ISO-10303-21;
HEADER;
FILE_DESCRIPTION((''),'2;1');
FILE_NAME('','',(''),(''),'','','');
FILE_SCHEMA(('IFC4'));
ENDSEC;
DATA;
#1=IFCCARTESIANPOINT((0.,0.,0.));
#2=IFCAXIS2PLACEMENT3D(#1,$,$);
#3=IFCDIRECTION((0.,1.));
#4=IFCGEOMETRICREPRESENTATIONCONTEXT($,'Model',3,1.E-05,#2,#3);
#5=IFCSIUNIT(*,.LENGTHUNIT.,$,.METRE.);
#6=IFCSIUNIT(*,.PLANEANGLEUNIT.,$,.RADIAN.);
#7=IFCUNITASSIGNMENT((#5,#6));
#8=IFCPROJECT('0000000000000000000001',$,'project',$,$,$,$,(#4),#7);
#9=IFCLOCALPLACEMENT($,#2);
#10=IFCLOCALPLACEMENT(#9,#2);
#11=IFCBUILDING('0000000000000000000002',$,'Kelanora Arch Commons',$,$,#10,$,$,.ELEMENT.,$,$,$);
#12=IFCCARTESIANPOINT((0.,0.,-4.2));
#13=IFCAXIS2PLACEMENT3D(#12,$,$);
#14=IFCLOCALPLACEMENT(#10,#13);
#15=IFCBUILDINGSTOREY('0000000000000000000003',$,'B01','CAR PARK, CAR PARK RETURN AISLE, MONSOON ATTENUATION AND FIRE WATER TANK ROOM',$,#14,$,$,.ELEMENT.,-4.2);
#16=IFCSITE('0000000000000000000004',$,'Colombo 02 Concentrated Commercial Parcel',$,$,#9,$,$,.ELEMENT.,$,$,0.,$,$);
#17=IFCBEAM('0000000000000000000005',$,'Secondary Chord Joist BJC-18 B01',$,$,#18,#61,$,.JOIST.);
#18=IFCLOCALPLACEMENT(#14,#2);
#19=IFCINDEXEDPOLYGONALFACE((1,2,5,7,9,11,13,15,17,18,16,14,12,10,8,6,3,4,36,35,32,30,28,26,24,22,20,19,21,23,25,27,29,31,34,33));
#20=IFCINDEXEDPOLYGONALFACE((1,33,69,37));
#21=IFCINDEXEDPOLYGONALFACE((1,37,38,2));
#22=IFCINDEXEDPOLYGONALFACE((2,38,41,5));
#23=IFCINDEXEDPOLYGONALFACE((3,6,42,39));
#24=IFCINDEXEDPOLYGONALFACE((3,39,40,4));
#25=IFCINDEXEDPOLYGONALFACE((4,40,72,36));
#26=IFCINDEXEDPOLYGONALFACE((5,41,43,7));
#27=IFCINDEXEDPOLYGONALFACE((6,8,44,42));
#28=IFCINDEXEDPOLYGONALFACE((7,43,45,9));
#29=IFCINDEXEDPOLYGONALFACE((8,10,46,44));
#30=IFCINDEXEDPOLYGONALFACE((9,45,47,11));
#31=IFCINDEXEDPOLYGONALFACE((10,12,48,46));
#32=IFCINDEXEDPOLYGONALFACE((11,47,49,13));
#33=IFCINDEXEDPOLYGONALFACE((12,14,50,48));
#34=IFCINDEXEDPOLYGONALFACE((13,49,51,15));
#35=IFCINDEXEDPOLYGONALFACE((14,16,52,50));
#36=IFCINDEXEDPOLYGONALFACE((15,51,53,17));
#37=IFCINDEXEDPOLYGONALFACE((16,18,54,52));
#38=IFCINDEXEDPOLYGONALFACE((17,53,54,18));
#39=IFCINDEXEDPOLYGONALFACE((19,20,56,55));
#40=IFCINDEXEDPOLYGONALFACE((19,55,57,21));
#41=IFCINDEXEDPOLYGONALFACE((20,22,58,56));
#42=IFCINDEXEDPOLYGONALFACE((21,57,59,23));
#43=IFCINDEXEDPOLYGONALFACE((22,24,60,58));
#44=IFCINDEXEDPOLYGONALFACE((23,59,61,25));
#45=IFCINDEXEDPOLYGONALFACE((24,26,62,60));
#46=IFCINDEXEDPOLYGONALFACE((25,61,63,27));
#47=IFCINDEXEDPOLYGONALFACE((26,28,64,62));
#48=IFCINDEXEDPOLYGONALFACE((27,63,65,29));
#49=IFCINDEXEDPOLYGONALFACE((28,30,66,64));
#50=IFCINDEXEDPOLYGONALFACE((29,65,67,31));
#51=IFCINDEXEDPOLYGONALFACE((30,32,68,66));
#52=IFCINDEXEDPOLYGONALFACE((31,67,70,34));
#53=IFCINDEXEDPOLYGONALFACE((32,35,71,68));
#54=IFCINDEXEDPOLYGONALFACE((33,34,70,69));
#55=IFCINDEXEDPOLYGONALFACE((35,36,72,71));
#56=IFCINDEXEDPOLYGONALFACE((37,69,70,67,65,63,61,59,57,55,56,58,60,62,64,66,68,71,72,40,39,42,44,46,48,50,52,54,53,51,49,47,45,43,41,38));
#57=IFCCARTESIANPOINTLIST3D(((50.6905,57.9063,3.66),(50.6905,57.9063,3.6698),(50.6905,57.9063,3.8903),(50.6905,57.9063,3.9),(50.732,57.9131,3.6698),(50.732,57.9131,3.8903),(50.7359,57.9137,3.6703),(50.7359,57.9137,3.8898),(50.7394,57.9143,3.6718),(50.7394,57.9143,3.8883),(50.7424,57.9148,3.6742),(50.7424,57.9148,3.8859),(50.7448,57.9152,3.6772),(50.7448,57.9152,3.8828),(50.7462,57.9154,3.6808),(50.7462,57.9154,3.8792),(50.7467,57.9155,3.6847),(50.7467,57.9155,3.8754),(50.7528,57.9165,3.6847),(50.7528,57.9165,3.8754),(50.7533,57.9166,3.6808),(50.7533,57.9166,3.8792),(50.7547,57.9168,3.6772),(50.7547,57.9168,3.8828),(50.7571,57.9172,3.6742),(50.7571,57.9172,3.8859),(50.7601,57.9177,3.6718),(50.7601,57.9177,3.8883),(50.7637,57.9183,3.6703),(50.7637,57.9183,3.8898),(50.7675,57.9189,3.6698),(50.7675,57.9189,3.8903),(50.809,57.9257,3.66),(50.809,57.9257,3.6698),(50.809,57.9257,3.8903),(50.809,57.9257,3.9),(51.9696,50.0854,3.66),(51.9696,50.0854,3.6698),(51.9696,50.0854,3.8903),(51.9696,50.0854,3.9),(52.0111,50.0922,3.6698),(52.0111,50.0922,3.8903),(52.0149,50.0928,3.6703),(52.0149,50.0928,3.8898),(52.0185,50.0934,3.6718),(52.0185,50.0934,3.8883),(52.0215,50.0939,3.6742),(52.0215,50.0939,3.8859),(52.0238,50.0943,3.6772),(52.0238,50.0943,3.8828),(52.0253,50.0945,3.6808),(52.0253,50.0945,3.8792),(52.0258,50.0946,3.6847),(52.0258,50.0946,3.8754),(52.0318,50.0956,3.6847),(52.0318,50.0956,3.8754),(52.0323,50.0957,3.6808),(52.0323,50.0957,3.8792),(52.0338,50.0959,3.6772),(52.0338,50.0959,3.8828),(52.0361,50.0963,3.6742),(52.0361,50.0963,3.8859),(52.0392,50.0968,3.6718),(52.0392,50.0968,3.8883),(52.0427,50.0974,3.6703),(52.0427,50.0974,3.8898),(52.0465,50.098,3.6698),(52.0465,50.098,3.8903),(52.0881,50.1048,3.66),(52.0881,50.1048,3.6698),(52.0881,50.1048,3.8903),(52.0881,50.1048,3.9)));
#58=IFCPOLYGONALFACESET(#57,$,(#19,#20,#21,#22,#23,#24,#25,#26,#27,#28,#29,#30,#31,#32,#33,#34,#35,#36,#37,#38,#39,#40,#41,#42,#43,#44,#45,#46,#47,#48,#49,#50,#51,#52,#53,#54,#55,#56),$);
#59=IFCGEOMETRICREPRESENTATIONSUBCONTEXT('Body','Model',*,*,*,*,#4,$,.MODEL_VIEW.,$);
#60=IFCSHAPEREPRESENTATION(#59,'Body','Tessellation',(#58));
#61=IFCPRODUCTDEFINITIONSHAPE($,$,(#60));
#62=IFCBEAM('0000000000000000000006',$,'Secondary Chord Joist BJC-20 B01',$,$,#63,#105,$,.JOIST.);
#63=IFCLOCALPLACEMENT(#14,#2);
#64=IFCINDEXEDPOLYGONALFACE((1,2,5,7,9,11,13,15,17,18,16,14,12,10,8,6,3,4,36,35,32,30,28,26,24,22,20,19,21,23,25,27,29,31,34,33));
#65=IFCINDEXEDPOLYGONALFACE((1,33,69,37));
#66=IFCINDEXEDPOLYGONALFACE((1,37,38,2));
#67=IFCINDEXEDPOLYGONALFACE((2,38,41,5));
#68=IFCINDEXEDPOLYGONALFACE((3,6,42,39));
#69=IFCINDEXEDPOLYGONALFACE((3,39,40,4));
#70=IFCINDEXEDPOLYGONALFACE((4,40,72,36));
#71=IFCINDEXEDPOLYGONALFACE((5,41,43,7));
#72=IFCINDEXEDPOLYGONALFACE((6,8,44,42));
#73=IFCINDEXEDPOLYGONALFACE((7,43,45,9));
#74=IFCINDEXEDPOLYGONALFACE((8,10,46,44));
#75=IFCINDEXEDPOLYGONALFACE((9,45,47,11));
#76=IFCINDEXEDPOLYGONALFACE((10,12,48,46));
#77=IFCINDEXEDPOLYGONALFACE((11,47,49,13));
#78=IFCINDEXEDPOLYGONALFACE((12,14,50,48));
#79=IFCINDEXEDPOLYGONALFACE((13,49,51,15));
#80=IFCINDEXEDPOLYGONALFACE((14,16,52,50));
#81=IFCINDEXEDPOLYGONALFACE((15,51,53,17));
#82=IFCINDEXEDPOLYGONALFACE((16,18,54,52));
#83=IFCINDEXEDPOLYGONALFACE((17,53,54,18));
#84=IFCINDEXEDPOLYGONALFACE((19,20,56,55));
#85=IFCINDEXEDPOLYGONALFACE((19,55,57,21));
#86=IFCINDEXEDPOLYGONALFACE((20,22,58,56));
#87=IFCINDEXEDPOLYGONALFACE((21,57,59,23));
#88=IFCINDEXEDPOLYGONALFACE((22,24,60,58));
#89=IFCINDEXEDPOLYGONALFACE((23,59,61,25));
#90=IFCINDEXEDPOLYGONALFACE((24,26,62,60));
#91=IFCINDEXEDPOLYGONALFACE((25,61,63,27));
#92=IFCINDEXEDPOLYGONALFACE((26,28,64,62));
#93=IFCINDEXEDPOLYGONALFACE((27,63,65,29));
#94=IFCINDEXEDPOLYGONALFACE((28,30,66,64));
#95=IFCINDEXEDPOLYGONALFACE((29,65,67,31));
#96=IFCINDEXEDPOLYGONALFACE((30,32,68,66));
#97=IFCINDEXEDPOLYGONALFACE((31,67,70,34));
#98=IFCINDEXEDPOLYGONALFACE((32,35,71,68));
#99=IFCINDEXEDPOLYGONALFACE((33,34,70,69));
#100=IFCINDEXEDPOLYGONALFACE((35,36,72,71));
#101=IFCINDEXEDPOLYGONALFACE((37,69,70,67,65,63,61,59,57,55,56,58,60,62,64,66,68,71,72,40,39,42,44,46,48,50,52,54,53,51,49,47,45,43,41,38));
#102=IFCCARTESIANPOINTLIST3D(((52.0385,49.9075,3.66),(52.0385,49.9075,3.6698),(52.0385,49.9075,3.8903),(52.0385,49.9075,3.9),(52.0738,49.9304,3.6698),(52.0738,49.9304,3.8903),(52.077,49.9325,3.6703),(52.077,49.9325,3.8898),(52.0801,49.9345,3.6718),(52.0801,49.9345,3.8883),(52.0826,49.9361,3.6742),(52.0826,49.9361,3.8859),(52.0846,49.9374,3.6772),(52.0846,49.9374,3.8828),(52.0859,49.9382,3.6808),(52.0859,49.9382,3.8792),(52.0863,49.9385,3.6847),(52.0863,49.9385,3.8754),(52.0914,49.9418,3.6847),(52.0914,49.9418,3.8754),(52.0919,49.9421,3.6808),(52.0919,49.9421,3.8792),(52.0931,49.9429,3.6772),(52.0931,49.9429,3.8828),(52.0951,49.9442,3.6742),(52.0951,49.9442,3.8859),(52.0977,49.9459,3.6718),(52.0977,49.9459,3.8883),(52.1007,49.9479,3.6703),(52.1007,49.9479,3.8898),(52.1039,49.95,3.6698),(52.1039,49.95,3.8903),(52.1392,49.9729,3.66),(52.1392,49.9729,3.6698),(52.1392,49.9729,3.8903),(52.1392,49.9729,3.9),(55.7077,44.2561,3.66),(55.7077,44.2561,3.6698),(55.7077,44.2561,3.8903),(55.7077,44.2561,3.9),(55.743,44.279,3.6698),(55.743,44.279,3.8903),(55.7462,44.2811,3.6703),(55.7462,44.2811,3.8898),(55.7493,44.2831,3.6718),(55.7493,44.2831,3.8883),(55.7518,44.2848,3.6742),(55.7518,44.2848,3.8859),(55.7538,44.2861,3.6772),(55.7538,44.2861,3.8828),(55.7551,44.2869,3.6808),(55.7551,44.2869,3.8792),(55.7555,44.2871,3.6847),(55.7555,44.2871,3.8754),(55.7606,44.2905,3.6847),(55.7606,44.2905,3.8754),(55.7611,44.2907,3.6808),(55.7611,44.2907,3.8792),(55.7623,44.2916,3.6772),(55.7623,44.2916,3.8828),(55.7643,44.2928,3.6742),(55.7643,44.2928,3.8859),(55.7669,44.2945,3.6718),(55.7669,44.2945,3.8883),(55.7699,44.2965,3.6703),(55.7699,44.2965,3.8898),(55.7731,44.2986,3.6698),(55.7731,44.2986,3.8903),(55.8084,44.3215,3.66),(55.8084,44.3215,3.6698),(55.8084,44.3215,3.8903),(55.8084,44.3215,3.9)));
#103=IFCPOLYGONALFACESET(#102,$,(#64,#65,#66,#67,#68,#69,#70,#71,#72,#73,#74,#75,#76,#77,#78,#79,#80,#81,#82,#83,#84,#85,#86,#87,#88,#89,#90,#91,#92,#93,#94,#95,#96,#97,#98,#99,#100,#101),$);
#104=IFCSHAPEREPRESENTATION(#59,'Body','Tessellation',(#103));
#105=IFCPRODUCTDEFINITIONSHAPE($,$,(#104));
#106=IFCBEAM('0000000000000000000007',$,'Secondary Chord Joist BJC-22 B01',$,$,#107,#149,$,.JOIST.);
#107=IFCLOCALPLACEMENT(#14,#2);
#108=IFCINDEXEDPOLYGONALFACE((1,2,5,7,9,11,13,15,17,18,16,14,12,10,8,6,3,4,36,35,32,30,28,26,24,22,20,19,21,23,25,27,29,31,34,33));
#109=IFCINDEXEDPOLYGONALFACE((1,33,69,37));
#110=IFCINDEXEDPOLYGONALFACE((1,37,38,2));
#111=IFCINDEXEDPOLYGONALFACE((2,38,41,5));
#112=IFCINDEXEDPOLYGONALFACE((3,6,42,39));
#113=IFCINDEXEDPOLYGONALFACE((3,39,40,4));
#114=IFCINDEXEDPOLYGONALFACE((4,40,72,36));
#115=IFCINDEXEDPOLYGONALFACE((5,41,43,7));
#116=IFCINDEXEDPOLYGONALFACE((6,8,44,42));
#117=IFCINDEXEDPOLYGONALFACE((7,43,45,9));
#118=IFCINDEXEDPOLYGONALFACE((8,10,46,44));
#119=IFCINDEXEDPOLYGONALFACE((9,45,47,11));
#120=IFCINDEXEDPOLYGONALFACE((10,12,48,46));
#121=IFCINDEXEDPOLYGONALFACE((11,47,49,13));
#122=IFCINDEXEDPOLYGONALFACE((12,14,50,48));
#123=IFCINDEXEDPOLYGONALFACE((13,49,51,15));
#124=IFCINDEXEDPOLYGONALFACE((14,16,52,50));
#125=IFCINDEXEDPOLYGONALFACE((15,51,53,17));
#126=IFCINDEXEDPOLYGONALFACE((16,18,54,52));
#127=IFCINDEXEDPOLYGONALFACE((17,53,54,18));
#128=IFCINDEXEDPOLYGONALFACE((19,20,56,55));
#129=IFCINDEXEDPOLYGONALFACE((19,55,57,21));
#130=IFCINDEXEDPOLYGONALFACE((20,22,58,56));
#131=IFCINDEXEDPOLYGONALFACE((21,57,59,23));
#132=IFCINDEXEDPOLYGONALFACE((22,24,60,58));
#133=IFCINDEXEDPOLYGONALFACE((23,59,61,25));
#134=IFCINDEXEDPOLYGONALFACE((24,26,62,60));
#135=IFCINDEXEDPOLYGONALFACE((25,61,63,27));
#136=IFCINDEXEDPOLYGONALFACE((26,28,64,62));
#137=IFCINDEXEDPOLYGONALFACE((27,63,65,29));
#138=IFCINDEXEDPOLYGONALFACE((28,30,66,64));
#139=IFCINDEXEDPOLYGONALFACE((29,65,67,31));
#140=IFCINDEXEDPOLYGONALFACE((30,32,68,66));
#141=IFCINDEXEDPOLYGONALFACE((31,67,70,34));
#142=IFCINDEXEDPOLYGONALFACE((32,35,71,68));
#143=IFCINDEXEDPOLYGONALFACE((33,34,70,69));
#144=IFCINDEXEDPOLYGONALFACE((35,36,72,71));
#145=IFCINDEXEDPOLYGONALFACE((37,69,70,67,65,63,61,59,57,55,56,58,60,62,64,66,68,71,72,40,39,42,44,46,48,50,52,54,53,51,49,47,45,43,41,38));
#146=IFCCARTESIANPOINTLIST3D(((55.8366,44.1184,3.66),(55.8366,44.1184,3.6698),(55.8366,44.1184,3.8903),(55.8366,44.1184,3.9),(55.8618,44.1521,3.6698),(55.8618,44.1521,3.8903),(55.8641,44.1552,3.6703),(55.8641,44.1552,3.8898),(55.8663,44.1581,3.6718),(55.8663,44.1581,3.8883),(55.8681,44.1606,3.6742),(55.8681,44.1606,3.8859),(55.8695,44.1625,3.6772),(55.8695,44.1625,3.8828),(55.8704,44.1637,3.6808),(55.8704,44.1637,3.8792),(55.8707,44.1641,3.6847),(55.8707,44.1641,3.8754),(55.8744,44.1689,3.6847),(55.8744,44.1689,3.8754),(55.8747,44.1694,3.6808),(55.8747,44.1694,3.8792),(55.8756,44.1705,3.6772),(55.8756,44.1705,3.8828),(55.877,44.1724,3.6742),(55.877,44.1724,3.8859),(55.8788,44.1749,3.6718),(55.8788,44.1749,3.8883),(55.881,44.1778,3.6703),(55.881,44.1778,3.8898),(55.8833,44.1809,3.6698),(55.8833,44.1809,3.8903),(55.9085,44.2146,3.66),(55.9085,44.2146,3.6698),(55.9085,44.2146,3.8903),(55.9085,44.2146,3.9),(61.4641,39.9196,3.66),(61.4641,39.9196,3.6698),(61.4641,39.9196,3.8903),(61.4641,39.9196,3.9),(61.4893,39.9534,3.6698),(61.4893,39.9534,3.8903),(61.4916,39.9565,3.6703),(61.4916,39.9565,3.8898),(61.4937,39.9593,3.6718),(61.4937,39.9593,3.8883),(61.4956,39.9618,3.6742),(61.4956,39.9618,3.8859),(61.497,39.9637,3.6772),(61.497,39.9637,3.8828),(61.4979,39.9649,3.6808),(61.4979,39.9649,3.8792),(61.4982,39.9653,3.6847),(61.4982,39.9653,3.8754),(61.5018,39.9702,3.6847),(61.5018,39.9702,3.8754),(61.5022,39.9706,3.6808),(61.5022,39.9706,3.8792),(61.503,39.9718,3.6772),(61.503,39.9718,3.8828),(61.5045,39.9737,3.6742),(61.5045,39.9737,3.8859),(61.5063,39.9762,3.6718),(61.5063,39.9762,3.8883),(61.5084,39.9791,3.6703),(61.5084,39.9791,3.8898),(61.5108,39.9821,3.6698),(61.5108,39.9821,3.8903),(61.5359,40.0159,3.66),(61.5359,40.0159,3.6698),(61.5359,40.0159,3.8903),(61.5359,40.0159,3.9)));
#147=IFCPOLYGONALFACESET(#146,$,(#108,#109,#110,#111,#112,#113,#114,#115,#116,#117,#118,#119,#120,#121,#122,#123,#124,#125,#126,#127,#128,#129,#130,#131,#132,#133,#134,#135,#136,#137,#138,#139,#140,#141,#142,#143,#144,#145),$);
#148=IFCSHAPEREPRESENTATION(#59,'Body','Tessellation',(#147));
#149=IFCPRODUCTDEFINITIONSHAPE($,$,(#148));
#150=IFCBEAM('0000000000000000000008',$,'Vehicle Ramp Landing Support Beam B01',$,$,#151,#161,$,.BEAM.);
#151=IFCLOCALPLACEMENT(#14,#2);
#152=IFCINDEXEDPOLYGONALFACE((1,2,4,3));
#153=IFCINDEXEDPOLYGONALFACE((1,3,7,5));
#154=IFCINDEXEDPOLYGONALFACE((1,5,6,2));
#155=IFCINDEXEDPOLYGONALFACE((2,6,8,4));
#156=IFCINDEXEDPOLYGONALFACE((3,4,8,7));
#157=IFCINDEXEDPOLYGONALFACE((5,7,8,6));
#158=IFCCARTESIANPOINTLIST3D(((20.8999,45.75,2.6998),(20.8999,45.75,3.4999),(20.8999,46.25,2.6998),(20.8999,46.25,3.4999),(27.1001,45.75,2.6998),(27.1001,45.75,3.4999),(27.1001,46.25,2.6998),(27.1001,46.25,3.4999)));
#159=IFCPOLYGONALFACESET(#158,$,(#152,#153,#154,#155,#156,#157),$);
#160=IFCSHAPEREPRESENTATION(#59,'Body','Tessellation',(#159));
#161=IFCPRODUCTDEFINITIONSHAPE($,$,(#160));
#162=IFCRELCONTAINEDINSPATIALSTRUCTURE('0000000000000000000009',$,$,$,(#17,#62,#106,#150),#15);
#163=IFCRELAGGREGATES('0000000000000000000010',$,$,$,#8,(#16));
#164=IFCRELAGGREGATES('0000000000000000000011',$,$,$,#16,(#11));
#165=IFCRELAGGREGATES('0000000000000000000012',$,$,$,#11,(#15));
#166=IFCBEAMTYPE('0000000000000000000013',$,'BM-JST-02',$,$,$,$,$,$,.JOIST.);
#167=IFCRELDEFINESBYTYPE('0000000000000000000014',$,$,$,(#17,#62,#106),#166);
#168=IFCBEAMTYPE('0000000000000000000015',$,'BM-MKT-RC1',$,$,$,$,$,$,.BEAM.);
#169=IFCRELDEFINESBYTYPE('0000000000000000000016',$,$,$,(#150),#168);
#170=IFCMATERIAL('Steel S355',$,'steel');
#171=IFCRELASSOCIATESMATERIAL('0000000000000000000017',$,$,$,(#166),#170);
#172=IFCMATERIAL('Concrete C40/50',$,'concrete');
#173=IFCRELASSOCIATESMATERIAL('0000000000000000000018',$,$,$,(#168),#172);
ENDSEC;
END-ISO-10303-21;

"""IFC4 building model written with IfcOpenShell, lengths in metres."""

from ifc_helpers import new_model, si_unit, direction, frame, origin, origin_2d, place, context, subcontext, project, spatial, rectangle, i_section, extrude, material, material_profile, profile_set, type_object, element, save


model = new_model("IFC4")

# Units and contexts
model_context = context("Model", 3, precision=1e-05, world=origin(), true_north=direction((0.0, 1.0)))
body_context = subcontext(model_context, "Body", "Model", "MODEL_VIEW")
ifc_project = project(units=[si_unit("LENGTHUNIT", "METRE"), si_unit("PLANEANGLEUNIT", "RADIAN")], contexts=[model_context])

# Site, building, storey
site_placement = place(None, origin())
site = spatial("IfcSite", under=ifc_project, at=site_placement, Name="Colombo 02 Concentrated Commercial Parcel", CompositionType="ELEMENT", RefElevation=0.0)
building_placement = place(site_placement, origin())
building = spatial("IfcBuilding", under=site, at=building_placement, Name="Kelanora Arch Commons", CompositionType="ELEMENT")
storey_placement = place(building_placement, frame((0.0, 0.0, -4.2)))
storey = spatial("IfcBuildingStorey", under=building, at=storey_placement, Name="B01", Description="CAR PARK, CAR PARK RETURN AISLE, MONSOON ATTENUATION AND FIRE WATER TANK ROOM", CompositionType="ELEMENT", Elevation=-4.2)

# Beams
ifc_material_1 = material(Name="Steel S355", Category="steel")
ifc_material_profile_1 = material_profile(ifc_material_1, i_section(OverallWidth=0.1201, OverallDepth=0.24, WebThickness=0.0061, FlangeThickness=0.0098, FilletRadius=0.0149, at=origin_2d()), Name="IPE240")
ifc_profile_set_1 = profile_set([ifc_material_profile_1], Name="Steel S355")
beam_type_1 = type_object("IfcBeamType", Name="BM-JST-02", PredefinedType="JOIST", material=ifc_profile_set_1)
beam_1_placement = place(storey_placement, frame((50.7498, 57.916, 3.78), z_axis=(0.161401, -0.986889, 0.0), x_axis=(0.986889, 0.161401, 0.0)))
element("IfcBeam", 1, at=beam_1_placement, inside=storey, type_object=beam_type_1, Name="Secondary Chord Joist BJC-18 B01", PredefinedType="JOIST", context=body_context, shape_type="SweptSolid", body=[
    extrude(i_section(OverallWidth=0.1201, OverallDepth=0.24, WebThickness=0.0061, FlangeThickness=0.0098, FilletRadius=0.0149, at=origin_2d()), origin(), (0.0, 0.0, 1.0), 7.9248),
])
beam_2_placement = place(storey_placement, frame((52.0889, 49.9402, 3.78), z_axis=(0.54455, -0.838728, 0.0), x_axis=(0.838728, 0.54455, 0.0)))
element("IfcBeam", 2, at=beam_2_placement, inside=storey, type_object=beam_type_1, Name="Secondary Chord Joist BJC-20 B01", PredefinedType="JOIST", context=body_context, shape_type="SweptSolid", body=[
    extrude(i_section(OverallWidth=0.1201, OverallDepth=0.24, WebThickness=0.0061, FlangeThickness=0.0098, FilletRadius=0.0149, at=origin_2d()), origin(), (0.0, 0.0, 1.0), 6.738),
])
beam_3_placement = place(storey_placement, frame((55.8726, 44.1665, 3.78), z_axis=(0.801491, -0.598006, 0.0), x_axis=(0.598006, 0.801491, 0.0)))
element("IfcBeam", 3, at=beam_3_placement, inside=storey, type_object=beam_type_1, Name="Secondary Chord Joist BJC-22 B01", PredefinedType="JOIST", context=body_context, shape_type="SweptSolid", body=[
    extrude(i_section(OverallWidth=0.1201, OverallDepth=0.24, WebThickness=0.0061, FlangeThickness=0.0098, FilletRadius=0.0149, at=origin_2d()), origin(), (0.0, 0.0, 1.0), 7.0212),
])
ifc_material_2 = material(Name="Concrete C40/50", Category="concrete")
ifc_material_profile_2 = material_profile(ifc_material_2, rectangle(XDim=0.5, YDim=0.8, at=origin_2d()), Name="RCB500x800")
ifc_profile_set_2 = profile_set([ifc_material_profile_2], Name="Concrete C40/50")
beam_type_2 = type_object("IfcBeamType", Name="BM-MKT-RC1", PredefinedType="BEAM", material=ifc_profile_set_2)
beam_4_placement = place(storey_placement, frame((20.8999, 46.0, 3.0999), z_axis=(1.0, 0.0, 0.0), x_axis=(0.0, 1.0, 0.0)))
element("IfcBeam", 4, at=beam_4_placement, inside=storey, type_object=beam_type_2, Name="Vehicle Ramp Landing Support Beam B01", PredefinedType="BEAM", context=body_context, shape_type="SweptSolid", body=[
    extrude(rectangle(XDim=0.5, YDim=0.8, at=origin_2d()), origin(), (0.0, 0.0, 1.0), 6.2002),
])

save(model, "model.ifc")
